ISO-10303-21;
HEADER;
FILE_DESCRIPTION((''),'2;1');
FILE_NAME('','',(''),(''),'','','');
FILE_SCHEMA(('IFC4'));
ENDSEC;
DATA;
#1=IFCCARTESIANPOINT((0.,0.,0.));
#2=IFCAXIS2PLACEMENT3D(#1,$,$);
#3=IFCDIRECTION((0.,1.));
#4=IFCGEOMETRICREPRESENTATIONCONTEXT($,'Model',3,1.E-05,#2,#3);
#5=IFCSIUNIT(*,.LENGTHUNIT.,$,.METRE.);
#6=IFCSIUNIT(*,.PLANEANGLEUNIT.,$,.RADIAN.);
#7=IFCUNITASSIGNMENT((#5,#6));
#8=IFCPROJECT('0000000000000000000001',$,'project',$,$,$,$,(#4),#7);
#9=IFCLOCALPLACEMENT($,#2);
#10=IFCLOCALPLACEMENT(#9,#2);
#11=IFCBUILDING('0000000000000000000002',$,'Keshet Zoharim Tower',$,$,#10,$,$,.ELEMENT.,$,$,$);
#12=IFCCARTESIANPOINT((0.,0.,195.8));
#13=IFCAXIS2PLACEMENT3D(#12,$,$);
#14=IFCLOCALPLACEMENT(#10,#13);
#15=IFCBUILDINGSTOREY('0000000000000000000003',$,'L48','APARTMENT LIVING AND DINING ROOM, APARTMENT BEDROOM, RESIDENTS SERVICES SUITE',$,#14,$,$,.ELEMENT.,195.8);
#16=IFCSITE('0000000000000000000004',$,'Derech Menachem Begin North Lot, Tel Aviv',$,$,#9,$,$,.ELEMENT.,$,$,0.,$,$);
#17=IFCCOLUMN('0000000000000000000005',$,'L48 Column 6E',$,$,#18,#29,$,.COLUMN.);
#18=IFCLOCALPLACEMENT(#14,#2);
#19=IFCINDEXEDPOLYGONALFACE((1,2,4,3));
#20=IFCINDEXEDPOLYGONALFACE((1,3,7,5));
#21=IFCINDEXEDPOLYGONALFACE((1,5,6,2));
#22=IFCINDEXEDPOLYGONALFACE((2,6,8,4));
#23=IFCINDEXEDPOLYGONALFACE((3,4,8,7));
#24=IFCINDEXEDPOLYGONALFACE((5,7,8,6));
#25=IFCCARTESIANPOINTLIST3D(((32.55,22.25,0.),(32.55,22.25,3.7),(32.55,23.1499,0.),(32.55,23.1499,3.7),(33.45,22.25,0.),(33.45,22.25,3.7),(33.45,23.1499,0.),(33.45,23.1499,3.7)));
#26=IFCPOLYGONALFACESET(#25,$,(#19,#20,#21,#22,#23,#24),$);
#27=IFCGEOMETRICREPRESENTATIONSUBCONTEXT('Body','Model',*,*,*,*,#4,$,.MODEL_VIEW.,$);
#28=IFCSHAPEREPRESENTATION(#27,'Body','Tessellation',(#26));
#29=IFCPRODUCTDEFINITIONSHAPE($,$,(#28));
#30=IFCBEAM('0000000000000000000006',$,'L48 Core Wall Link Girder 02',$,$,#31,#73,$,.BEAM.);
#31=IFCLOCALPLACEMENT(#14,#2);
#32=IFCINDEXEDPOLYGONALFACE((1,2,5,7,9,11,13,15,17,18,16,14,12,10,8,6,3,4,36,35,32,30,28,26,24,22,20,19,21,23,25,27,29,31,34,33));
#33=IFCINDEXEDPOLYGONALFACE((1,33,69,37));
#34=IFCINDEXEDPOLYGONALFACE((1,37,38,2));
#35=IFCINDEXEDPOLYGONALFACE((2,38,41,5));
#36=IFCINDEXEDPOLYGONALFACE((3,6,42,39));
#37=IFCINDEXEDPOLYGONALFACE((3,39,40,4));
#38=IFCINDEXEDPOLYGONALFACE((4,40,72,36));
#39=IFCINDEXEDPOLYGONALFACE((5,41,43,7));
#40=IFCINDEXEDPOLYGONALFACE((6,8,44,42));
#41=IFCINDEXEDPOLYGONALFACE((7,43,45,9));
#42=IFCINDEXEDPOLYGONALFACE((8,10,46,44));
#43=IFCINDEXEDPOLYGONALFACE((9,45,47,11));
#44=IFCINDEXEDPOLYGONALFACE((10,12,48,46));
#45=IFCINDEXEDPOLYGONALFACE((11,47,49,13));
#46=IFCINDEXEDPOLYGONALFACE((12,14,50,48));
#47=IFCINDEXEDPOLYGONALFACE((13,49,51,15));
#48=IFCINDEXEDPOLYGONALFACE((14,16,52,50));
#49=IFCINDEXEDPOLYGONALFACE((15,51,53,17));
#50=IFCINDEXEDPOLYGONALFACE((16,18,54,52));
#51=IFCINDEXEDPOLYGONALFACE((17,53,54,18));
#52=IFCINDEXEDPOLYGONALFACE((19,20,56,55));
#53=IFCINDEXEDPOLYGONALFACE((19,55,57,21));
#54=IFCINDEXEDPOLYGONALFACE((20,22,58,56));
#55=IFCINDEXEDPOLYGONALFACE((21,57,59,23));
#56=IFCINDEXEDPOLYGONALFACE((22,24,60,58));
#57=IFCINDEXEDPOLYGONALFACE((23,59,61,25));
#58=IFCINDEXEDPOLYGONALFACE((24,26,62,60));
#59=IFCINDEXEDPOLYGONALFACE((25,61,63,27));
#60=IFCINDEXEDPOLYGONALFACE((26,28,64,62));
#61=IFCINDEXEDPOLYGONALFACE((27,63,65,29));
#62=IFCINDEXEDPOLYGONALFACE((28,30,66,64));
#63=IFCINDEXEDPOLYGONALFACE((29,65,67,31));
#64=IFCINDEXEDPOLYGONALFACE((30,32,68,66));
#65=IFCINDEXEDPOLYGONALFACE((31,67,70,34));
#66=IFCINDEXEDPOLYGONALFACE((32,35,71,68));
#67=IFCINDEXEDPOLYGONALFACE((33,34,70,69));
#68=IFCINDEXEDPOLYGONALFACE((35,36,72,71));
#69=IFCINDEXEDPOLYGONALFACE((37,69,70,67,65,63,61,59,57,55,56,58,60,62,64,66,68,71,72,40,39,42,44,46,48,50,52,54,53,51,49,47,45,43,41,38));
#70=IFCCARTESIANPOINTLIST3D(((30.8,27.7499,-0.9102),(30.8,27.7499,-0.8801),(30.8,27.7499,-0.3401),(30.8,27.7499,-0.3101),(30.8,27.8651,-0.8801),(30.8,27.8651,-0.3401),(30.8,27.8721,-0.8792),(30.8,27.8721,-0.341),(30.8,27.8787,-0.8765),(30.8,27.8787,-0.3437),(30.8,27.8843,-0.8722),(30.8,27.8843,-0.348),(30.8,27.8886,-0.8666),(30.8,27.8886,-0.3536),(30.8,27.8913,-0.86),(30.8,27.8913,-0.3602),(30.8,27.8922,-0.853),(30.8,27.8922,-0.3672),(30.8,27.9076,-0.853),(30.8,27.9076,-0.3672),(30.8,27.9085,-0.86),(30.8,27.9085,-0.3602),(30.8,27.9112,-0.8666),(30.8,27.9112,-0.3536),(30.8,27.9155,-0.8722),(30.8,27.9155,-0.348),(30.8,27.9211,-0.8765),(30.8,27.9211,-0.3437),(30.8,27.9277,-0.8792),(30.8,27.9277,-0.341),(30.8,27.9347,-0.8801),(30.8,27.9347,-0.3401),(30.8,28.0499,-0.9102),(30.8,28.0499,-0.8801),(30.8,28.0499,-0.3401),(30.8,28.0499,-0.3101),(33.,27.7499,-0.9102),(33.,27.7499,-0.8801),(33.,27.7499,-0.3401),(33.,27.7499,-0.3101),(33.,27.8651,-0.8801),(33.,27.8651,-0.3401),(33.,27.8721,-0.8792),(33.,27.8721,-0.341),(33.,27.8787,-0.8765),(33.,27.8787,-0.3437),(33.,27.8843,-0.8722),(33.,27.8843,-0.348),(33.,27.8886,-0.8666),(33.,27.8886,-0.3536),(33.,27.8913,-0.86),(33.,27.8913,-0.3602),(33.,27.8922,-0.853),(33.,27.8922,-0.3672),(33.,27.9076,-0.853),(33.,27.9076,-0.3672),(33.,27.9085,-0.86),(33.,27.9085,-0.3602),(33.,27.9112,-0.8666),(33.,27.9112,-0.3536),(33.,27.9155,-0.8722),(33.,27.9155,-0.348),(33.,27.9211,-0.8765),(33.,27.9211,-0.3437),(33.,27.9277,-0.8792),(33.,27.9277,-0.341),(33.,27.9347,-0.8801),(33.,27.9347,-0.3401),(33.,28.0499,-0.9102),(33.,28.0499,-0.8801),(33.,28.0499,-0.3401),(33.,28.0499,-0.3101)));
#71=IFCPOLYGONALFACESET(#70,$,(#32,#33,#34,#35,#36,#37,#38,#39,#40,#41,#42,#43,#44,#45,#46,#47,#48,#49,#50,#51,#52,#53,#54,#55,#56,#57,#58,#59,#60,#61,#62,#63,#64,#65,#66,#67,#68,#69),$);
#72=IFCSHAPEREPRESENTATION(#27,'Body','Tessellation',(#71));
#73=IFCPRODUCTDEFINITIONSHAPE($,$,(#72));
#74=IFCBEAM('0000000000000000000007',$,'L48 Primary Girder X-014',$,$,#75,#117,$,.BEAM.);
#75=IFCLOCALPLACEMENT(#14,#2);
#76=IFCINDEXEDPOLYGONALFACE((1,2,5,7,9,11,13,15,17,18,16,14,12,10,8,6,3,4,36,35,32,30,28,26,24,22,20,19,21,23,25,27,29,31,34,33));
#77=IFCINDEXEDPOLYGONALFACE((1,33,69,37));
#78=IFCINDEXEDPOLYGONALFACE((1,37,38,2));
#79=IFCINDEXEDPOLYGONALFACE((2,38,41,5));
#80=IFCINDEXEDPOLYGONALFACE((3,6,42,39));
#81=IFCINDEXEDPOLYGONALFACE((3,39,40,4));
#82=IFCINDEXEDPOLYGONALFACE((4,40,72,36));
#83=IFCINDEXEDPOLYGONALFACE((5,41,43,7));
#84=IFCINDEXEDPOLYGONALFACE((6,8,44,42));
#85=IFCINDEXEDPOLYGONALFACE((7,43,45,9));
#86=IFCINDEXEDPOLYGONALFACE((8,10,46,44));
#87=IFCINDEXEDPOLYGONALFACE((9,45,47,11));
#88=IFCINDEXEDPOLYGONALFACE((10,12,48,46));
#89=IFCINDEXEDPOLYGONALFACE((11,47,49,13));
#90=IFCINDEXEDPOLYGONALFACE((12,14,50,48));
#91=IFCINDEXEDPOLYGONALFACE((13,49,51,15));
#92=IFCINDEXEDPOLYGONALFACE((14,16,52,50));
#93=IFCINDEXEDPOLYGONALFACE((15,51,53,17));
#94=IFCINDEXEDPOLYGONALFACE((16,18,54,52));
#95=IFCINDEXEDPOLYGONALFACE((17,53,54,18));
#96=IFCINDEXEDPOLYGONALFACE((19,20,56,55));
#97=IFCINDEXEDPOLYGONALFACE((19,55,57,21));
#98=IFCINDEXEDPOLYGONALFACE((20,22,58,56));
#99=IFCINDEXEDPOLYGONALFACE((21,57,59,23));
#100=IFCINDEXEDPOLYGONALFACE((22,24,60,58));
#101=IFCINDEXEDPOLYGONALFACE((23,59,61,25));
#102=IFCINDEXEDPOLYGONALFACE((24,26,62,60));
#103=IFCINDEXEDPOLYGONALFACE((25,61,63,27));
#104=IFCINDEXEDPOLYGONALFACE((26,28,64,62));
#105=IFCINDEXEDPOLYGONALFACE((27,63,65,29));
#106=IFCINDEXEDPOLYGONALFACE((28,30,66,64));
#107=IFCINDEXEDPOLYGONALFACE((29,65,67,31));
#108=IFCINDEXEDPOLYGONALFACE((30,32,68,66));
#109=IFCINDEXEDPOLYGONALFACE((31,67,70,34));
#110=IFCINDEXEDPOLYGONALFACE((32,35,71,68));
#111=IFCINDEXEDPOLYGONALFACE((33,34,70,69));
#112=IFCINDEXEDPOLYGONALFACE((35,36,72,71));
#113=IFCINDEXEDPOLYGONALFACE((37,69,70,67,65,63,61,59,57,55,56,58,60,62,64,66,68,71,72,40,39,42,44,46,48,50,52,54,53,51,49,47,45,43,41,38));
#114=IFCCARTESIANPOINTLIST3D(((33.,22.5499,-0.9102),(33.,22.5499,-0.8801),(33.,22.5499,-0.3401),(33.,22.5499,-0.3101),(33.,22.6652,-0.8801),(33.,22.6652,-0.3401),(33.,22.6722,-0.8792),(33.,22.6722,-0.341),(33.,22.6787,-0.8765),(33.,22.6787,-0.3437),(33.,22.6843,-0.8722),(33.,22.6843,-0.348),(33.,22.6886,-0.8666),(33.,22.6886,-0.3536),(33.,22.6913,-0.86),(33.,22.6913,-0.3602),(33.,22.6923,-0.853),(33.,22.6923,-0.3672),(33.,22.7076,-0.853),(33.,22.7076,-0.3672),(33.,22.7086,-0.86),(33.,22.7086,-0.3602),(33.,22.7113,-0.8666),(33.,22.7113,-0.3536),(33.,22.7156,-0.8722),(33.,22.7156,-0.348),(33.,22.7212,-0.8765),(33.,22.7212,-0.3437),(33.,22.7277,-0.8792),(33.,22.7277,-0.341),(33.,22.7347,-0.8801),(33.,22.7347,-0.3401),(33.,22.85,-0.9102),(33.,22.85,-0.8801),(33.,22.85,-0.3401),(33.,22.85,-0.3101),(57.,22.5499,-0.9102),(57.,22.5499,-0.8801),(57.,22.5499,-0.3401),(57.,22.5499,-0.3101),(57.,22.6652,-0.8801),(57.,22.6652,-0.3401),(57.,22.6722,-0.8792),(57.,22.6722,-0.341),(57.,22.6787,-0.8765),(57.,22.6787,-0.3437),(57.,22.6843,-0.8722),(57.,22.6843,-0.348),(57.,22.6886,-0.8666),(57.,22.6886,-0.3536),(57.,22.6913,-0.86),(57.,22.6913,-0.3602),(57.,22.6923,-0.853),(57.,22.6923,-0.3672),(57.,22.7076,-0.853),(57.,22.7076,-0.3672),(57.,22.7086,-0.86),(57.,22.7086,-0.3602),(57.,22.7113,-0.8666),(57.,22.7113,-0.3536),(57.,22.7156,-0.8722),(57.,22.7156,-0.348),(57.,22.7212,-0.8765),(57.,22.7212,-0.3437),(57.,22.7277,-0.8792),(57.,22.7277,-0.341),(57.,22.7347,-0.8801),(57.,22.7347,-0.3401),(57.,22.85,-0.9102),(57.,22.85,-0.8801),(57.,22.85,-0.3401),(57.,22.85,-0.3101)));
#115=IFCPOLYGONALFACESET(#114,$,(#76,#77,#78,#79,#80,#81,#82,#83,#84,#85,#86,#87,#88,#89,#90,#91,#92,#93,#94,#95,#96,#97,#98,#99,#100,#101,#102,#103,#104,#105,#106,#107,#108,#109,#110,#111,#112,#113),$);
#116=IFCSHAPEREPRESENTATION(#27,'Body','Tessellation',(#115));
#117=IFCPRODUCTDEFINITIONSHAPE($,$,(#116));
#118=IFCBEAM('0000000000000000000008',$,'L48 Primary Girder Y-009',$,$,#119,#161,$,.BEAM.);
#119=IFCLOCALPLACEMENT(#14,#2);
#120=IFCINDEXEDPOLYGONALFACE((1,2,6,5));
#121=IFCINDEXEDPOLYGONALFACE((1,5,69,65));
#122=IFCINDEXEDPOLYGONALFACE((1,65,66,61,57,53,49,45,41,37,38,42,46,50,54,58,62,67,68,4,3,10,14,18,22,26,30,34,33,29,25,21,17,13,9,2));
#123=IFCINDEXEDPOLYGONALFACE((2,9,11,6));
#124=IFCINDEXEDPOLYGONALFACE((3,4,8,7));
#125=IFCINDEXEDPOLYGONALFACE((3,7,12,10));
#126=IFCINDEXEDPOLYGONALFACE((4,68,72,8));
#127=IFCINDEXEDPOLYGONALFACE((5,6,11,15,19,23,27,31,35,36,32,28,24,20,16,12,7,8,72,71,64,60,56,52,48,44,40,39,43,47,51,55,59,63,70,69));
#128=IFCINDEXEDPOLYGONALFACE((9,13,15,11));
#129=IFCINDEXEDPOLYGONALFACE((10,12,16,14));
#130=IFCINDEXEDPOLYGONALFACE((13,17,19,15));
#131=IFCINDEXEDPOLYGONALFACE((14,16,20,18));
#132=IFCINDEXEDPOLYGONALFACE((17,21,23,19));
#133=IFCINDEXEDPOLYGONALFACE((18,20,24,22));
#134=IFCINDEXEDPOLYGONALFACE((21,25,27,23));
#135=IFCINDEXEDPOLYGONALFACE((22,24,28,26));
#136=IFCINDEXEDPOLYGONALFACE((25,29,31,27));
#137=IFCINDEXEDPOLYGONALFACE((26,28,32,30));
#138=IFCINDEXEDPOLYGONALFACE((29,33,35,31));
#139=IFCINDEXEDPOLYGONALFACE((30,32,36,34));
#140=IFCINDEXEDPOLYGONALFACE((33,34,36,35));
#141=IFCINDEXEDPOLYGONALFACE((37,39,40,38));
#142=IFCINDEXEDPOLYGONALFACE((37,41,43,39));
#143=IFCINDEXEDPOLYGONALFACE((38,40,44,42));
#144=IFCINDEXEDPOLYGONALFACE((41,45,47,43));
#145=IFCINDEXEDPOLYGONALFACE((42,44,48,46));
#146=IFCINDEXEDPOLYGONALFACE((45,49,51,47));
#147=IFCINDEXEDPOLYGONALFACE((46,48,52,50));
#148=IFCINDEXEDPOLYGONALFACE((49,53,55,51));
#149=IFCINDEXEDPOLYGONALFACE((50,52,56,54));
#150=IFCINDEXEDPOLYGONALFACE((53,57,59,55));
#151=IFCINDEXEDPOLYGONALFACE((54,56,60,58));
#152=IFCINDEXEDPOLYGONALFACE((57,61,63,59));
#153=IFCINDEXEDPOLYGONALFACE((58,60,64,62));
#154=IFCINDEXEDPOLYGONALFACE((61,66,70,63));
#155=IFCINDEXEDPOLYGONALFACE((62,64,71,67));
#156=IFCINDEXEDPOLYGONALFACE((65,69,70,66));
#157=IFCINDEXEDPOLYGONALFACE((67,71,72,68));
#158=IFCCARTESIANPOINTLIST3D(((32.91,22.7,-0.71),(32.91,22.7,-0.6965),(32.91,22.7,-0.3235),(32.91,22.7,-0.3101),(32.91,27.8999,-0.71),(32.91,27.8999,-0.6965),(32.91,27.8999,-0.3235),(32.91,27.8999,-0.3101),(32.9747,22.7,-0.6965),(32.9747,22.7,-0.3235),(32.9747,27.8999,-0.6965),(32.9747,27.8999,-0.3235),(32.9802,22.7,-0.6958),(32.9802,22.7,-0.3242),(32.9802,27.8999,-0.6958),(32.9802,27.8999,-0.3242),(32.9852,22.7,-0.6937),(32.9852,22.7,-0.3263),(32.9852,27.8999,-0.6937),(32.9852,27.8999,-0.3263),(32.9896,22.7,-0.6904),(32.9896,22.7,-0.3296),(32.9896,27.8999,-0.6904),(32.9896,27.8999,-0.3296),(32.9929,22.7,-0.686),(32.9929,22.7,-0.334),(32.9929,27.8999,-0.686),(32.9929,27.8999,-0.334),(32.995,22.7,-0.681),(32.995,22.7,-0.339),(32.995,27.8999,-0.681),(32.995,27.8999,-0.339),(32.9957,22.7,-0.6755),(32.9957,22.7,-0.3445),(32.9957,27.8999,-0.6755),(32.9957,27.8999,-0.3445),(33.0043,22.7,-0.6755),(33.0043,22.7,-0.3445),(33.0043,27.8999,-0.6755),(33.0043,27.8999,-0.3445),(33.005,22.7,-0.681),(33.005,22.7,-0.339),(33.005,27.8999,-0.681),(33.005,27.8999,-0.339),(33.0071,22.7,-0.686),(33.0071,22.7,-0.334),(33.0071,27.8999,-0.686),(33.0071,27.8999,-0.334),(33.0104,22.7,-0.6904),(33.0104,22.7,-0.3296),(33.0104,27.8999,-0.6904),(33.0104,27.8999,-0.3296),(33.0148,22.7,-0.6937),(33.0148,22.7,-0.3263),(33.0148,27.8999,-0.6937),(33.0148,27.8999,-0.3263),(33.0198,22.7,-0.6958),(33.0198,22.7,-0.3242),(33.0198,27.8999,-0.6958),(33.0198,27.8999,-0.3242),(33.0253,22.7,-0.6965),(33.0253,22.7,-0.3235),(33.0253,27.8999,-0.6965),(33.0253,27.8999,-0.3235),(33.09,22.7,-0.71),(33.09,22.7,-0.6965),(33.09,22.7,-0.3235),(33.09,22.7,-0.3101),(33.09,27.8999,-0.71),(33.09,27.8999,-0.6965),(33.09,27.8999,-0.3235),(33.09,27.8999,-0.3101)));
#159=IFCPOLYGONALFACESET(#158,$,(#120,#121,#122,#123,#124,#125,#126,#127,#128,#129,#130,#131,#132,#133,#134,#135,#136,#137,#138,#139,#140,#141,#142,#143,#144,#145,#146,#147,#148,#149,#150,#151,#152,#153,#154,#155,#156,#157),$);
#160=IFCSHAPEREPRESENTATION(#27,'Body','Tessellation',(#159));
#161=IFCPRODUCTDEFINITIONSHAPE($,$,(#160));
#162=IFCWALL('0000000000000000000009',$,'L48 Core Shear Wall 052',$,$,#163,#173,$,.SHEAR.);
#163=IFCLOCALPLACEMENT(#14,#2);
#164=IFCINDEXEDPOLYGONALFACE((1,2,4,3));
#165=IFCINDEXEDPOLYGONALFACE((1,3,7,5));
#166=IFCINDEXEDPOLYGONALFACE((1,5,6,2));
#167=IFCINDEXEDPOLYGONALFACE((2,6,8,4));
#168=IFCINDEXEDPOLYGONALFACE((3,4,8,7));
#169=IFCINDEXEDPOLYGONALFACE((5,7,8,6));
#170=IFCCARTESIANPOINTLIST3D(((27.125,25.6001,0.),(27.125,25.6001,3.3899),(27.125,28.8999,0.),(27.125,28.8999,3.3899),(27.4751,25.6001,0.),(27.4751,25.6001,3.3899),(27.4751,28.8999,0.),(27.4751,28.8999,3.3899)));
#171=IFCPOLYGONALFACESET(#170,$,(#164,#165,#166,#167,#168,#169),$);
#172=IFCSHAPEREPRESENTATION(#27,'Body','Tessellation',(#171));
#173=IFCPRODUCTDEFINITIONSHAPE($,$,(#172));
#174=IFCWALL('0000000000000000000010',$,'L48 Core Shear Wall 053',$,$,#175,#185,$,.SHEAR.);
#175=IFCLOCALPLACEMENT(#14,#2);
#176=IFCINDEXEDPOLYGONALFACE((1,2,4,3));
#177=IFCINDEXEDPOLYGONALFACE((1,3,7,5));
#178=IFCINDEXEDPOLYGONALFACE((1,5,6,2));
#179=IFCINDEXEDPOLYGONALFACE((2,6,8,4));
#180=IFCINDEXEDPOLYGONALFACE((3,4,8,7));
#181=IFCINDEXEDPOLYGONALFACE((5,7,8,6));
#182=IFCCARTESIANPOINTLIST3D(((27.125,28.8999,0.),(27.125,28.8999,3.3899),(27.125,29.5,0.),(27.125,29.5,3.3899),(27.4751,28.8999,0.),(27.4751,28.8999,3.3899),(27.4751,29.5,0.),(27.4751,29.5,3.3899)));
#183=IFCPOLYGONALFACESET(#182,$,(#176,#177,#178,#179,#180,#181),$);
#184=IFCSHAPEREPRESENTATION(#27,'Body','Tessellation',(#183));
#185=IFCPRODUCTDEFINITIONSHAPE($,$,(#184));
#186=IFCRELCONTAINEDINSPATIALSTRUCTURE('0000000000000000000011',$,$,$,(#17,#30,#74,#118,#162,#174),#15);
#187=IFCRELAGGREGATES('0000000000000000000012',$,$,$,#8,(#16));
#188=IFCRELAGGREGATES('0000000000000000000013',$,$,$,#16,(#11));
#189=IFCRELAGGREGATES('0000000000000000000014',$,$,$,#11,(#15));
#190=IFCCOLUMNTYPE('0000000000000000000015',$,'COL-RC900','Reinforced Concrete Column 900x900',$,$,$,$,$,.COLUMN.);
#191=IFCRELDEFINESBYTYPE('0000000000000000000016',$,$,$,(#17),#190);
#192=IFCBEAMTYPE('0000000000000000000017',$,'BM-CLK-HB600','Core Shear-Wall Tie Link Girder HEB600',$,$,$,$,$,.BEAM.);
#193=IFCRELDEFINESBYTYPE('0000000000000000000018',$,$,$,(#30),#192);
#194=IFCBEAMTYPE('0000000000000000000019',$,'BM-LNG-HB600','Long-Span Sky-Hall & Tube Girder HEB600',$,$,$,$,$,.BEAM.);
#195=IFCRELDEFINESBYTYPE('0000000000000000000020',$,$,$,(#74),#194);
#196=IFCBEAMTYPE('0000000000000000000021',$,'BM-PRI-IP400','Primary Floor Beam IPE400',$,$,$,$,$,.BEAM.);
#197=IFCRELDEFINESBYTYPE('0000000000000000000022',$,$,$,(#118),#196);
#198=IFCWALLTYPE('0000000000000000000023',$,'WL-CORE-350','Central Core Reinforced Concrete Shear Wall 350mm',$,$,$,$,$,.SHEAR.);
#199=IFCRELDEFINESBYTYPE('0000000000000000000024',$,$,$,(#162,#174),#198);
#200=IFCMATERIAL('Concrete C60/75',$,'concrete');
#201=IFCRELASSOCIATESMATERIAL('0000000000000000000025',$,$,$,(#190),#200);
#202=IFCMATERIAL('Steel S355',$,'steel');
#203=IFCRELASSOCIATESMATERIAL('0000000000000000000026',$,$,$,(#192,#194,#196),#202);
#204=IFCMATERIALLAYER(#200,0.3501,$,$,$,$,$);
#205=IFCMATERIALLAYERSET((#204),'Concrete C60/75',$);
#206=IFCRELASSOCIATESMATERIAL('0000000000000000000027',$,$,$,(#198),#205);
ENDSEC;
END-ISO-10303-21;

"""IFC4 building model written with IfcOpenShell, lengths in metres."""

from ifc_helpers import new_model, si_unit, direction, frame, frame_2d, origin, origin_2d, place, context, subcontext, project, spatial, rectangle, i_section, extrude, material, layer, layer_set, material_profile, profile_set, type_object, element, save


model = new_model("IFC4")

# Units and contexts
model_context = context("Model", 3, precision=1e-05, world=origin(), true_north=direction((0.0, 1.0)))
body_context = subcontext(model_context, "Body", "Model", "MODEL_VIEW")
ifc_project = project(units=[si_unit("LENGTHUNIT", "METRE"), si_unit("PLANEANGLEUNIT", "RADIAN")], contexts=[model_context])

# Site, building, storey
site_placement = place(None, origin())
site = spatial("IfcSite", under=ifc_project, at=site_placement, Name="Derech Menachem Begin North Lot, Tel Aviv", CompositionType="ELEMENT", RefElevation=0.0)
building_placement = place(site_placement, origin())
building = spatial("IfcBuilding", under=site, at=building_placement, Name="Keshet Zoharim Tower", CompositionType="ELEMENT")
storey_placement = place(building_placement, frame((0.0, 0.0, 195.8)))
storey = spatial("IfcBuildingStorey", under=building, at=storey_placement, Name="L48", Description="APARTMENT LIVING AND DINING ROOM, APARTMENT BEDROOM, RESIDENTS SERVICES SUITE", CompositionType="ELEMENT", Elevation=195.8)

# Column
ifc_material_1 = material(Name="Concrete C60/75", Category="concrete")
ifc_material_profile_1 = material_profile(ifc_material_1, rectangle(XDim=0.8999, YDim=0.8999, at=origin_2d()), Name="RC900x900")
ifc_profile_set_1 = profile_set([ifc_material_profile_1], Name="Concrete C60/75")
column_type = type_object("IfcColumnType", Name="COL-RC900", Description="Reinforced Concrete Column 900x900", PredefinedType="COLUMN", material=ifc_profile_set_1)
column_placement = place(storey_placement, frame((33.0, 22.7, 0.0), z_axis=(0.0, 0.0, 1.0), x_axis=(1.0, 0.0, 0.0)))
element("IfcColumn", 1, at=column_placement, inside=storey, type_object=column_type, Name="L48 Column 6E", PredefinedType="COLUMN", context=body_context, shape_type="SweptSolid", body=[
    extrude(rectangle(XDim=0.8999, YDim=0.8999, at=origin_2d()), origin(), (0.0, 0.0, 1.0), 3.7),
])

# Beams
ifc_material_2 = material(Name="Steel S355", Category="steel")
ifc_material_profile_2 = material_profile(ifc_material_2, i_section(OverallWidth=0.3, OverallDepth=0.6001, WebThickness=0.0154, FlangeThickness=0.03, FilletRadius=0.0271, at=origin_2d()), Name="HEB600")
ifc_profile_set_2 = profile_set([ifc_material_profile_2], Name="Steel S355")
beam_type_1 = type_object("IfcBeamType", Name="BM-CLK-HB600", Description="Core Shear-Wall Tie Link Girder HEB600", PredefinedType="BEAM", material=ifc_profile_set_2)
beam_1_placement = place(storey_placement, frame((30.8, 27.8999, -0.6101), z_axis=(1.0, 0.0, 0.0), x_axis=(0.0, 1.0, 0.0)))
element("IfcBeam", 2, at=beam_1_placement, inside=storey, type_object=beam_type_1, Name="L48 Core Wall Link Girder 02", PredefinedType="BEAM", context=body_context, shape_type="SweptSolid", body=[
    extrude(i_section(OverallWidth=0.3, OverallDepth=0.6001, WebThickness=0.0154, FlangeThickness=0.03, FilletRadius=0.0271, at=origin_2d()), origin(), (0.0, 0.0, 1.0), 2.2),
])
ifc_material_profile_3 = material_profile(ifc_material_2, i_section(OverallWidth=0.3, OverallDepth=0.6001, WebThickness=0.0154, FlangeThickness=0.03, FilletRadius=0.0271, at=origin_2d()), Name="HEB600")
ifc_profile_set_3 = profile_set([ifc_material_profile_3], Name="Steel S355")
beam_type_2 = type_object("IfcBeamType", Name="BM-LNG-HB600", Description="Long-Span Sky-Hall & Tube Girder HEB600", PredefinedType="BEAM", material=ifc_profile_set_3)
beam_2_placement = place(storey_placement, frame((33.0, 22.7, -0.6101), z_axis=(1.0, 0.0, 0.0), x_axis=(0.0, 1.0, 0.0)))
element("IfcBeam", 3, at=beam_2_placement, inside=storey, type_object=beam_type_2, Name="L48 Primary Girder X-014", PredefinedType="BEAM", context=body_context, shape_type="SweptSolid", body=[
    extrude(i_section(OverallWidth=0.3, OverallDepth=0.6001, WebThickness=0.0154, FlangeThickness=0.03, FilletRadius=0.0271, at=origin_2d()), origin(), (0.0, 0.0, 1.0), 24.0),
])
ifc_material_profile_4 = material_profile(ifc_material_2, i_section(OverallWidth=0.1799, OverallDepth=0.3999, WebThickness=0.0085, FlangeThickness=0.0134, FilletRadius=0.021, at=origin_2d()), Name="IPE400")
ifc_profile_set_4 = profile_set([ifc_material_profile_4], Name="Steel S355")
beam_type_3 = type_object("IfcBeamType", Name="BM-PRI-IP400", Description="Primary Floor Beam IPE400", PredefinedType="BEAM", material=ifc_profile_set_4)
beam_3_placement = place(storey_placement, frame((33.0, 22.7, -0.51), z_axis=(0.0, 1.0, 0.0), x_axis=(-1.0, 0.0, 0.0)))
element("IfcBeam", 4, at=beam_3_placement, inside=storey, type_object=beam_type_3, Name="L48 Primary Girder Y-009", PredefinedType="BEAM", context=body_context, shape_type="SweptSolid", body=[
    extrude(i_section(OverallWidth=0.1799, OverallDepth=0.3999, WebThickness=0.0085, FlangeThickness=0.0134, FilletRadius=0.021, at=origin_2d()), origin(), (0.0, 0.0, 1.0), 5.2),
])

# Walls
ifc_layer_1 = layer(ifc_material_1, 0.3501)
ifc_layer_set_1 = layer_set([ifc_layer_1], Name="Concrete C60/75")
wall_type_1 = type_object("IfcWallType", Name="WL-CORE-350", Description="Central Core Reinforced Concrete Shear Wall 350mm", PredefinedType="SHEAR", material=ifc_layer_set_1)
wall_1_placement = place(storey_placement, frame((27.3, 25.6001, 0.0), z_axis=(0.0, 0.0, 1.0), x_axis=(0.0, 1.0, 0.0)))
element("IfcWall", 5, at=wall_1_placement, inside=storey, type_object=wall_type_1, Name="L48 Core Shear Wall 052", PredefinedType="SHEAR", context=body_context, shape_type="SweptSolid", body=[
    extrude(rectangle(XDim=3.2998, YDim=0.3501, at=frame_2d((1.6499, 0.0))), origin(), (0.0, 0.0, 1.0), 3.3899),
])
wall_2_placement = place(storey_placement, frame((27.3, 28.8999, 0.0), z_axis=(0.0, 0.0, 1.0), x_axis=(0.0, 1.0, 0.0)))
element("IfcWall", 6, at=wall_2_placement, inside=storey, type_object=wall_type_1, Name="L48 Core Shear Wall 053", PredefinedType="SHEAR", context=body_context, shape_type="SweptSolid", body=[
    extrude(rectangle(XDim=0.6001, YDim=0.3501, at=frame_2d((0.3, 0.0))), origin(), (0.0, 0.0, 1.0), 3.3899),
])

save(model, "model.ifc")
